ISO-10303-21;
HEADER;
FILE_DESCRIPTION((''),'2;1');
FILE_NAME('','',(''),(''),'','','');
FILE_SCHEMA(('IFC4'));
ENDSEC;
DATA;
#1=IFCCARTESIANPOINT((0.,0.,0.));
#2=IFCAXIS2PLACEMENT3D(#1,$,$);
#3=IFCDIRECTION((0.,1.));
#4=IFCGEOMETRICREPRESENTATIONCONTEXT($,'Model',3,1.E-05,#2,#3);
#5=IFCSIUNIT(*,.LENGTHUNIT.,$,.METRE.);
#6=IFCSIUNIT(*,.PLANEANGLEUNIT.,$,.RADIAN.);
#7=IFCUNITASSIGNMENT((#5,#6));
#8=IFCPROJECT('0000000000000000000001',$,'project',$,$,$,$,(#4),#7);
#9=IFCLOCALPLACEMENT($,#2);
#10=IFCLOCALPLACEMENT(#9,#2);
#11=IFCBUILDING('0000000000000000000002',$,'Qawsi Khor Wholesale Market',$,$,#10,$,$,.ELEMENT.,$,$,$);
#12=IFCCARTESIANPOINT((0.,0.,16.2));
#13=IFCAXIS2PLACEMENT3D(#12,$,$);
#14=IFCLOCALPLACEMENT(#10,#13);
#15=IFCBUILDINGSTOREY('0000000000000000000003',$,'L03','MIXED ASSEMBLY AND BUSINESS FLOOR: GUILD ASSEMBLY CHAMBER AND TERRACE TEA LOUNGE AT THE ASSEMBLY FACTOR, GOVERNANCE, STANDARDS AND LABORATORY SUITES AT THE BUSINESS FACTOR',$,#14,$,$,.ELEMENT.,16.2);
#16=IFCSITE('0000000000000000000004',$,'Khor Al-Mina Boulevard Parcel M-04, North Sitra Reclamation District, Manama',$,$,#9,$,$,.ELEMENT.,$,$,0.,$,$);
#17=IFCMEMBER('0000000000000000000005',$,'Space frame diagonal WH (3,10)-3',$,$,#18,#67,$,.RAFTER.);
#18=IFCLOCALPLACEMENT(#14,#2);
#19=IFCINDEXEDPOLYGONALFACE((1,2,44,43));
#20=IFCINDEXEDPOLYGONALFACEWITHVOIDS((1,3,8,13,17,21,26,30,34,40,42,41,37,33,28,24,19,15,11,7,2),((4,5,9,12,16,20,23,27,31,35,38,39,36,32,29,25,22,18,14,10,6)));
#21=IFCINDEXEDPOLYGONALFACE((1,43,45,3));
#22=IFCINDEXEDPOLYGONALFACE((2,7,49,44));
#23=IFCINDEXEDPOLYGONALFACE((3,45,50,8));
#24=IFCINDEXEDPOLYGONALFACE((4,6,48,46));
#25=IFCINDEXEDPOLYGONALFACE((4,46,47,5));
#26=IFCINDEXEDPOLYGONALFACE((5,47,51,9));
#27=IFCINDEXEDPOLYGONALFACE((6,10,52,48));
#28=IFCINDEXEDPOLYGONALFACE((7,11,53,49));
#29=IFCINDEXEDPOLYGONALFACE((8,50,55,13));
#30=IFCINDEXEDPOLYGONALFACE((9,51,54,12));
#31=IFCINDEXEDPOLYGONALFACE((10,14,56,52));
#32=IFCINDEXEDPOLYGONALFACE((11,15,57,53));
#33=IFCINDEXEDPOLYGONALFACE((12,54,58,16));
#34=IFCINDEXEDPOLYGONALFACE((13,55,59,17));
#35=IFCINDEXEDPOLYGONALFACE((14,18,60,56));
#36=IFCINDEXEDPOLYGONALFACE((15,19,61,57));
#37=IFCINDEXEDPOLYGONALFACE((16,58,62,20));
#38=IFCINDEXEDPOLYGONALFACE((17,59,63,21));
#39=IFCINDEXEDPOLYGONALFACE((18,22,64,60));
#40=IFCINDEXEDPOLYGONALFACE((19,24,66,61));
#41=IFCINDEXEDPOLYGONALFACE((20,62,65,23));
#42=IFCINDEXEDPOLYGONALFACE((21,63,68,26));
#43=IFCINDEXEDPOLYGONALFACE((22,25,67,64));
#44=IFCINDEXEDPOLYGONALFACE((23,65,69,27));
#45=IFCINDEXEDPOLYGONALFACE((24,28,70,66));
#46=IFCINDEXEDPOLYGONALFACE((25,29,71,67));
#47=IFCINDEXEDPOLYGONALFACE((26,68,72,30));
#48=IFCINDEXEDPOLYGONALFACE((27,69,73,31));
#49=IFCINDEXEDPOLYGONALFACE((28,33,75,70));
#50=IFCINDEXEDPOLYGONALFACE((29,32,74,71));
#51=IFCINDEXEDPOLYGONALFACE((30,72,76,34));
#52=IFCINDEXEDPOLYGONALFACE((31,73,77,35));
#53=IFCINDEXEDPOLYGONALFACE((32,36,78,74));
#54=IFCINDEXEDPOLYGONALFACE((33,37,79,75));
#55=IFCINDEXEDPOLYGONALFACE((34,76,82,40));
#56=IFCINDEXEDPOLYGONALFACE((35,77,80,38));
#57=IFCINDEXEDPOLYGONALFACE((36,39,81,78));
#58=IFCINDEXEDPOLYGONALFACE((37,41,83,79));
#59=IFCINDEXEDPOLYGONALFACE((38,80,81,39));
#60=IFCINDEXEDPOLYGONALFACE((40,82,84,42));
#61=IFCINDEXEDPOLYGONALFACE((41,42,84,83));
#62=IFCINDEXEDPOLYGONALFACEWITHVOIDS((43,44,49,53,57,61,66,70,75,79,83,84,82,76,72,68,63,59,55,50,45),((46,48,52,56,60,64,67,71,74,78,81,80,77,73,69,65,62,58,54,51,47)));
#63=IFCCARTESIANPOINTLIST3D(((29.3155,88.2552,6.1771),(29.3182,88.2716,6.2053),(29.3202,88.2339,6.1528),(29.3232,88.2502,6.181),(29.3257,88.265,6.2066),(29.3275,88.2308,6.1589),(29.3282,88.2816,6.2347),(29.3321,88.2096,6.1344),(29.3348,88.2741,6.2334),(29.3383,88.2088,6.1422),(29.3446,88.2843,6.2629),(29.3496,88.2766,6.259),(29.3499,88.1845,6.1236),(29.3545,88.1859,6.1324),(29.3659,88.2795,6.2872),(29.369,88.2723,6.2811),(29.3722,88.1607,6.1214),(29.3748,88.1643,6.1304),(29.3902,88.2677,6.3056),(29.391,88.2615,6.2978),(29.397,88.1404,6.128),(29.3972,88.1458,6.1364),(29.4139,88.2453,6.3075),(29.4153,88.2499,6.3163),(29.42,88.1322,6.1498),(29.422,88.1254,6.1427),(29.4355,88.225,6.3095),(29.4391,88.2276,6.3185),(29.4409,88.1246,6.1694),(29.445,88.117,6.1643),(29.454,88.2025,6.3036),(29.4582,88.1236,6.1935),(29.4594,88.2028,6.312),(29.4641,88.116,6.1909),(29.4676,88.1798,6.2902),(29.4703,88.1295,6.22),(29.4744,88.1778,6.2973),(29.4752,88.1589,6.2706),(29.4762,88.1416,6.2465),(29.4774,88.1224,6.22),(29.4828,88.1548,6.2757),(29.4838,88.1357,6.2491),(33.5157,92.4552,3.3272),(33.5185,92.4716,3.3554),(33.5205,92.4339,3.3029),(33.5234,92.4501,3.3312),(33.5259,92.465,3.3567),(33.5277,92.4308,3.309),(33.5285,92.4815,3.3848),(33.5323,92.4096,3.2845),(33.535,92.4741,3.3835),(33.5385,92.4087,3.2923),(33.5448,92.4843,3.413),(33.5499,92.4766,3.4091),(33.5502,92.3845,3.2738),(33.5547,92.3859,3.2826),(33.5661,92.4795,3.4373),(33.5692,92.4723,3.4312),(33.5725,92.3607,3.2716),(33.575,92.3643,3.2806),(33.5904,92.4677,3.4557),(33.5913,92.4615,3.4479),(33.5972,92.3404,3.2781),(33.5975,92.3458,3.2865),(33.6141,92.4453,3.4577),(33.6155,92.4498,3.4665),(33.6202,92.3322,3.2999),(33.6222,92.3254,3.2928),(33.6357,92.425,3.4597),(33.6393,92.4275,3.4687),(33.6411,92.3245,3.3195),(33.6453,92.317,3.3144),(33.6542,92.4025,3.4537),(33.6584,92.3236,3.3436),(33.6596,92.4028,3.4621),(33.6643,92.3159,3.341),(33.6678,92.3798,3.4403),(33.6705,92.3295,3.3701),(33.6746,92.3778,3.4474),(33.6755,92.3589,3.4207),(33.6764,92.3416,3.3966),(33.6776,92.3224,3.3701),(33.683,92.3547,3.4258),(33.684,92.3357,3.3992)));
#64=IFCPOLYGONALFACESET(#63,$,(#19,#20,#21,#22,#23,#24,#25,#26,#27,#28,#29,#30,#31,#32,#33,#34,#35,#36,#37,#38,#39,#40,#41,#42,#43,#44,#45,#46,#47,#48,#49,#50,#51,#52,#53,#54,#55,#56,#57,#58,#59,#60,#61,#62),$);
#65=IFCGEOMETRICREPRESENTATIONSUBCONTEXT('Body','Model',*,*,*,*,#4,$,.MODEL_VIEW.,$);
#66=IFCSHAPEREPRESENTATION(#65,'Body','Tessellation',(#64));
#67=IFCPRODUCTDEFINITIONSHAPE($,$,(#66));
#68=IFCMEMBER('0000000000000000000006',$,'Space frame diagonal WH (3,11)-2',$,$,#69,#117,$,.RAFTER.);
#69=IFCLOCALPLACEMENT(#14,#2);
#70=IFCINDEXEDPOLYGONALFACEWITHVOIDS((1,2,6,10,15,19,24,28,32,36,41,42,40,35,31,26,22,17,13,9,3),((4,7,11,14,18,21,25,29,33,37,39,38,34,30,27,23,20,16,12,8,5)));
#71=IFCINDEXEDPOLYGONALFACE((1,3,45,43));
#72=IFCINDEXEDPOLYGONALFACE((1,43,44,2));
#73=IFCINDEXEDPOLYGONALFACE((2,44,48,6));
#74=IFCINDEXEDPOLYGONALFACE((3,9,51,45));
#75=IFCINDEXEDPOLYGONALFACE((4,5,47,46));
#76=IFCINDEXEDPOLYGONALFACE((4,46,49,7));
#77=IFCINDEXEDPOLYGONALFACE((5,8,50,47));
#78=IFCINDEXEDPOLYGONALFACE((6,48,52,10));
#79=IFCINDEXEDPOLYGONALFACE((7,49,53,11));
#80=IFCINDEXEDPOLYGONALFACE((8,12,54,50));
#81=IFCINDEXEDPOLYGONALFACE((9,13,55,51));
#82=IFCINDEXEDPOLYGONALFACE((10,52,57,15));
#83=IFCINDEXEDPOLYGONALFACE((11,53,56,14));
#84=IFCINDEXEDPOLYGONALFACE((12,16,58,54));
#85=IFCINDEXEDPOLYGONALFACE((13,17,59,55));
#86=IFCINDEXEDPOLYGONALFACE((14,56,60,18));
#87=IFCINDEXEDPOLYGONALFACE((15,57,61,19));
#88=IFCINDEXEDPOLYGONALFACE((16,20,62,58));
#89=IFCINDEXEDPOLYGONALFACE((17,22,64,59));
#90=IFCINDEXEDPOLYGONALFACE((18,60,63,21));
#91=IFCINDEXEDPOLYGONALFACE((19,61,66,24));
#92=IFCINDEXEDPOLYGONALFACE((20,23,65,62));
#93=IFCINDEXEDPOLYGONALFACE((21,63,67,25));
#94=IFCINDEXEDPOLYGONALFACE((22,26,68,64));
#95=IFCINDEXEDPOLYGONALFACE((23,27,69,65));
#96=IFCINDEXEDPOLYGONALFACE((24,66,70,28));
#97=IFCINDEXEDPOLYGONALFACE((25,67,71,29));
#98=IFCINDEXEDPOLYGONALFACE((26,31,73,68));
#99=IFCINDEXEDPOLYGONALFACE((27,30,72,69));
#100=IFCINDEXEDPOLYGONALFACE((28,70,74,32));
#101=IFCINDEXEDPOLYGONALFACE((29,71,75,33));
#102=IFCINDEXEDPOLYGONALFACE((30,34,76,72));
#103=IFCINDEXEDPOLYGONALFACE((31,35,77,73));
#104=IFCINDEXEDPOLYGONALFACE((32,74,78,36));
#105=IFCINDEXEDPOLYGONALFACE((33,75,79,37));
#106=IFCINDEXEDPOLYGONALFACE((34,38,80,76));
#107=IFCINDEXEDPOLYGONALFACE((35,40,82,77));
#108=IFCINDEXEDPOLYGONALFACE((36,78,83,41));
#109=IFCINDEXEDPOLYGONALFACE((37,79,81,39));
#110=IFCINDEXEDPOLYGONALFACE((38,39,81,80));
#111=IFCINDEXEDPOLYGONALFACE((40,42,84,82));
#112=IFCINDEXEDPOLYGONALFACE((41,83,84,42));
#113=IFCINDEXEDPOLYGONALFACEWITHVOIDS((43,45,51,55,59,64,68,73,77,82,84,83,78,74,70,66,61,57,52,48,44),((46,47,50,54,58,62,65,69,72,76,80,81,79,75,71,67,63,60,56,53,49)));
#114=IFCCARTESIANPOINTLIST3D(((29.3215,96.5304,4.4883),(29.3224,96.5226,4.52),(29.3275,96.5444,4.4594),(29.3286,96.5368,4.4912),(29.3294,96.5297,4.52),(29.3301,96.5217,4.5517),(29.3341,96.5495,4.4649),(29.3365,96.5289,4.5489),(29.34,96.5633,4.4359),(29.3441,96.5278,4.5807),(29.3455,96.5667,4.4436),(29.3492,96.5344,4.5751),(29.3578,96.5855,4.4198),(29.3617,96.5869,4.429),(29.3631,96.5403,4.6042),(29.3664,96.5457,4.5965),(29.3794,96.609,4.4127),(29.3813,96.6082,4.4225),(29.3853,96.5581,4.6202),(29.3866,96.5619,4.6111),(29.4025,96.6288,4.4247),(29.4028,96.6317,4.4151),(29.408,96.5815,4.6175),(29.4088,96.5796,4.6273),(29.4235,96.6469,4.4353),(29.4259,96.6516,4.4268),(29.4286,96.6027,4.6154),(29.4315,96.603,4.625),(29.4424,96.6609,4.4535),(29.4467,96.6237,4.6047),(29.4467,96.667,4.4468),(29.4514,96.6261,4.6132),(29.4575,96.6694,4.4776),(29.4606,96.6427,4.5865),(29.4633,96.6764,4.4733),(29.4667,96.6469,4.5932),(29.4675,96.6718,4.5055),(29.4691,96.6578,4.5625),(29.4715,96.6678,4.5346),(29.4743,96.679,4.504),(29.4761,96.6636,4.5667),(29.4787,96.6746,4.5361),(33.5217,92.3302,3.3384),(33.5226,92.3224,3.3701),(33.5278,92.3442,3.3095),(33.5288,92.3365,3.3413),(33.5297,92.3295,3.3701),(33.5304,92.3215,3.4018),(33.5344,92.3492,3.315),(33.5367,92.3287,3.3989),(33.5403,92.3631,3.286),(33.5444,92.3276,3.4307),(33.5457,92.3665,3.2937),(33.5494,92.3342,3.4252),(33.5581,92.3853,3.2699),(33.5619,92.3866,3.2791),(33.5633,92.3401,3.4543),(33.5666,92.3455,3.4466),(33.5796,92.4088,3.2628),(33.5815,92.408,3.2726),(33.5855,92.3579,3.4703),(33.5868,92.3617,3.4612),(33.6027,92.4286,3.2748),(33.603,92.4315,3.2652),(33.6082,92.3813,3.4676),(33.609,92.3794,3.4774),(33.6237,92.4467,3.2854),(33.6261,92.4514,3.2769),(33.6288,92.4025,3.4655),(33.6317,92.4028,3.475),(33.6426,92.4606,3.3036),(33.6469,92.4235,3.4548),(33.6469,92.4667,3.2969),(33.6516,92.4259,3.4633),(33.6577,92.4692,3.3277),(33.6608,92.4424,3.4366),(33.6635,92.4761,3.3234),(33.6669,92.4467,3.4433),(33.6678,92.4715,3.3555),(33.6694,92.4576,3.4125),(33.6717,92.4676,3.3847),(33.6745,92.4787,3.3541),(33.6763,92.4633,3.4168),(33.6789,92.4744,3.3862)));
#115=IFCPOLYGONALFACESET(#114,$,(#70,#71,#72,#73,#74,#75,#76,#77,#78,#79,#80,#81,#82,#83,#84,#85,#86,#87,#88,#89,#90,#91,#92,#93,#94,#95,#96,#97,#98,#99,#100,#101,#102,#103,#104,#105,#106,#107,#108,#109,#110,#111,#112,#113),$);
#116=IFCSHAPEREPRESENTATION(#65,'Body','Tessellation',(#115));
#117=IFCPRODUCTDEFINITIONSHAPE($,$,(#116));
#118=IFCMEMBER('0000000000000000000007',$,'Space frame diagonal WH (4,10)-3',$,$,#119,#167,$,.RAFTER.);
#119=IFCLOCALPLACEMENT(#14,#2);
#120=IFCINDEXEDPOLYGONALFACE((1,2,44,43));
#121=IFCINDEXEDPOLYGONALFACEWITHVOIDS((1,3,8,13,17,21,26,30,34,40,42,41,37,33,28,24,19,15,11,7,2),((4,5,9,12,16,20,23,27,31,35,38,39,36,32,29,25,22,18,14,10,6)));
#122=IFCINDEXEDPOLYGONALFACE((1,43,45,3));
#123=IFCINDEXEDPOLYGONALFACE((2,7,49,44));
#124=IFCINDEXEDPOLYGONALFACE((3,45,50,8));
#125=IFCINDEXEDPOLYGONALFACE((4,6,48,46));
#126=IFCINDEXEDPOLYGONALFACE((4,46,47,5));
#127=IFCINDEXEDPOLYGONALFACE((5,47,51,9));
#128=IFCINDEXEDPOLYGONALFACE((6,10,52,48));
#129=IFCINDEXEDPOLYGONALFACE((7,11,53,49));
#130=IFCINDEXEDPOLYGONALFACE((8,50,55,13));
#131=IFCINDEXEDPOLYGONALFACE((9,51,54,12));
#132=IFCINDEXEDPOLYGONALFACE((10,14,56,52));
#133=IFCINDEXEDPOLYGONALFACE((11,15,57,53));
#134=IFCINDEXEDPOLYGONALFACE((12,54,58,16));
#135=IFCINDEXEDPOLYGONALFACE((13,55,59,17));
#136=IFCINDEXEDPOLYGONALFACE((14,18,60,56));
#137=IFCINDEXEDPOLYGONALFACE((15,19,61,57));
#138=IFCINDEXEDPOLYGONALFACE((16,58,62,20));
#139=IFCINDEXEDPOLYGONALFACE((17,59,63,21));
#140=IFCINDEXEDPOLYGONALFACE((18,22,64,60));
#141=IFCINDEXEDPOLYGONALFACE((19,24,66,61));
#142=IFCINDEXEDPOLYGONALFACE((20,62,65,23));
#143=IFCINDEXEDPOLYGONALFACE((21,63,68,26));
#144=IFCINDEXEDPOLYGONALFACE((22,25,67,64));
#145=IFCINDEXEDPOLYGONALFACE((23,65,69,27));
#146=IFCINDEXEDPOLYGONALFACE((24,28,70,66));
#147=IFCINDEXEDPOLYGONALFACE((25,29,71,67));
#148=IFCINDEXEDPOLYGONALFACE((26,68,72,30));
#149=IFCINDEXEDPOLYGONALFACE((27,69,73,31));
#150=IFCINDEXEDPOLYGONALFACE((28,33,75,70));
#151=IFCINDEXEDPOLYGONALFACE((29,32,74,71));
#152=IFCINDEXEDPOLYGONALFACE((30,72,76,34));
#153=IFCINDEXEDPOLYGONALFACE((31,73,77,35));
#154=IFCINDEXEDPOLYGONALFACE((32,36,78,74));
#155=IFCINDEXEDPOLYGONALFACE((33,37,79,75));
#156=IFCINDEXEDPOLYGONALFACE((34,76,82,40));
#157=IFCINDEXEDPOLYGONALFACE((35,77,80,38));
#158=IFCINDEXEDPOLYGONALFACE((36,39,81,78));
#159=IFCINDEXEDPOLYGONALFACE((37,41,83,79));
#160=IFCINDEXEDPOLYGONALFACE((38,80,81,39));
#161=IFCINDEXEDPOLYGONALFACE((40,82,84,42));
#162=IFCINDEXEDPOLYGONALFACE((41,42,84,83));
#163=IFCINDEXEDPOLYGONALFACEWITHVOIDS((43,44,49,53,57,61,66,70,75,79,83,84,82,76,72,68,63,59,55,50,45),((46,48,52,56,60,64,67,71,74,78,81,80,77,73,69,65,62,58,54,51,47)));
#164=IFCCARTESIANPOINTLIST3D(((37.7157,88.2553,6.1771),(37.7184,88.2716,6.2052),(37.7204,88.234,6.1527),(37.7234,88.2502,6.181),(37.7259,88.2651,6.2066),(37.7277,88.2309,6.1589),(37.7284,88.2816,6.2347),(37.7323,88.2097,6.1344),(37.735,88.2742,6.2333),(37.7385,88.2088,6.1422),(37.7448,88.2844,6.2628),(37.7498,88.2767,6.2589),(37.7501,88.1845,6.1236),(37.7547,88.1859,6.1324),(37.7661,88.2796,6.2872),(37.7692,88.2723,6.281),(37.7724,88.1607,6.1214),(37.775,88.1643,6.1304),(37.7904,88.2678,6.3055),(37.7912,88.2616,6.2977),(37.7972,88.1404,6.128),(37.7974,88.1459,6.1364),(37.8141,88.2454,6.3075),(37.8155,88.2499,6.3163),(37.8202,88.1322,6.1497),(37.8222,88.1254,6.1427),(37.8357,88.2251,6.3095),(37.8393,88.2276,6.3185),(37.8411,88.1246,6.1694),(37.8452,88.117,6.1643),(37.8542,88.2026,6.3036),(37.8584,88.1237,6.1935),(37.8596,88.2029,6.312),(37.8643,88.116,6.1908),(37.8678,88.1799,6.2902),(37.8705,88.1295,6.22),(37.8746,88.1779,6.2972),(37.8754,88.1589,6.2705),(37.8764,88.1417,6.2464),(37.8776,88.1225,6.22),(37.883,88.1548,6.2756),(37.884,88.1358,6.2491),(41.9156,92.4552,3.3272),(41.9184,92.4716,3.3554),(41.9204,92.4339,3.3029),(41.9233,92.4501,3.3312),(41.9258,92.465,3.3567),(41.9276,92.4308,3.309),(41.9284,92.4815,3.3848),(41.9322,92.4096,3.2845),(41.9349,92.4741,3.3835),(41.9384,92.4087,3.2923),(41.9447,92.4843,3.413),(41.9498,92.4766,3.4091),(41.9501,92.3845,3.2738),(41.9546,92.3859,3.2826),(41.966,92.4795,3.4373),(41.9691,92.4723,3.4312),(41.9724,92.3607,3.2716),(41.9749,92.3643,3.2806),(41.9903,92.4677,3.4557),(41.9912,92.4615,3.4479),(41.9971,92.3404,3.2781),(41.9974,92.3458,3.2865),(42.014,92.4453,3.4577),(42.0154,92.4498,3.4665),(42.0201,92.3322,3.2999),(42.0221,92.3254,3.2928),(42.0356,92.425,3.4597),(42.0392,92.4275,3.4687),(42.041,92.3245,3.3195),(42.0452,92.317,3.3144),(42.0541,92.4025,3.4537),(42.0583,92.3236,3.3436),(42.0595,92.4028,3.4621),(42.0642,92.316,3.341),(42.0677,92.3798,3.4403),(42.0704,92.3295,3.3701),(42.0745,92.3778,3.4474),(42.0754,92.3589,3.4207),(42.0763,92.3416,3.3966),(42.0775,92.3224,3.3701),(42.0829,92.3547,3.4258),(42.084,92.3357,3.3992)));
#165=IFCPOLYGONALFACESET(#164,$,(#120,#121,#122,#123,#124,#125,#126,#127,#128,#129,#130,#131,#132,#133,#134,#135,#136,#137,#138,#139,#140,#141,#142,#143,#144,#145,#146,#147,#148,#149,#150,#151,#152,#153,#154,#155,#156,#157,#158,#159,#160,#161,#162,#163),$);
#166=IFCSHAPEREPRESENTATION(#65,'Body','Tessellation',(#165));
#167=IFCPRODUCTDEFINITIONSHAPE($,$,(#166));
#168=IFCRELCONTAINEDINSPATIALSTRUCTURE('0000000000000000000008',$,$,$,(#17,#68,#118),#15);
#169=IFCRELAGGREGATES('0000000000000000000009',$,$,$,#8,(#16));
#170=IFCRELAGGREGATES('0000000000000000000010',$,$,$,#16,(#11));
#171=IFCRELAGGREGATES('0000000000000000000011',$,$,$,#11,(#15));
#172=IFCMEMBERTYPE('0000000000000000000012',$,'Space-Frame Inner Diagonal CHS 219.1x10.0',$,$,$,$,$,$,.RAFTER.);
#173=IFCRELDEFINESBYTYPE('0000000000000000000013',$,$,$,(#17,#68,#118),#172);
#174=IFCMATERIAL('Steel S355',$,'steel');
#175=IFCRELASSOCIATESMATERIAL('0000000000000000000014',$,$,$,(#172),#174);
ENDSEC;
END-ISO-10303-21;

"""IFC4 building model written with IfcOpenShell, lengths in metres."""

from ifc_helpers import new_model, si_unit, direction, frame, origin, origin_2d, place, context, subcontext, project, spatial, hollow_circle, extrude, material, material_profile, profile_set, type_object, element, save


model = new_model("IFC4")

# Units and contexts
model_context = context("Model", 3, precision=1e-05, world=origin(), true_north=direction((0.0, 1.0)))
body_context = subcontext(model_context, "Body", "Model", "MODEL_VIEW")
ifc_project = project(units=[si_unit("LENGTHUNIT", "METRE"), si_unit("PLANEANGLEUNIT", "RADIAN")], contexts=[model_context])

# Site, building, storey
site_placement = place(None, origin())
site = spatial("IfcSite", under=ifc_project, at=site_placement, Name="Khor Al-Mina Boulevard Parcel M-04, North Sitra Reclamation District, Manama", CompositionType="ELEMENT", RefElevation=0.0)
building_placement = place(site_placement, origin())
building = spatial("IfcBuilding", under=site, at=building_placement, Name="Qawsi Khor Wholesale Market", CompositionType="ELEMENT")
storey_placement = place(building_placement, frame((0.0, 0.0, 16.2)))
storey = spatial("IfcBuildingStorey", under=building, at=storey_placement, Name="L03", Description="MIXED ASSEMBLY AND BUSINESS FLOOR: GUILD ASSEMBLY CHAMBER AND TERRACE TEA LOUNGE AT THE ASSEMBLY FACTOR, GOVERNANCE, STANDARDS AND LABORATORY SUITES AT THE BUSINESS FACTOR", CompositionType="ELEMENT", Elevation=16.2)

# Members
ifc_material_1 = material(Name="Steel S355", Category="steel")
ifc_material_profile_1 = material_profile(ifc_material_1, hollow_circle(Radius=0.1096, WallThickness=0.01, at=origin_2d()), Name="CHS 219.1x10.0")
ifc_profile_set_1 = profile_set([ifc_material_profile_1], Name="Steel S355")
member_type_1 = type_object("IfcMemberType", Name="Space-Frame Inner Diagonal CHS 219.1x10.0", PredefinedType="RAFTER", material=ifc_profile_set_1)
member_1_placement = place(storey_placement, frame((33.6001, 92.3999, 3.3701), z_axis=(-0.637544, -0.637507, 0.432577), x_axis=(0.707086, -0.707127, 0.0)))
element("IfcMember", 1, at=member_1_placement, inside=storey, type_object=member_type_1, Name="Space frame diagonal WH (3,10)-3", PredefinedType="RAFTER", context=body_context, shape_type="SweptSolid", body=[
    extrude(hollow_circle(Radius=0.1096, WallThickness=0.01, at=origin_2d()), origin(), (0.0, 0.0, 1.0), 6.5881),
])
member_2_placement = place(storey_placement, frame((33.6001, 92.3999, 3.3701), z_axis=(-0.694218, 0.694218, 0.190059), x_axis=(-0.707107, -0.707107, 0.0)))
element("IfcMember", 2, at=member_2_placement, inside=storey, type_object=member_type_1, Name="Space frame diagonal WH (3,11)-2", PredefinedType="RAFTER", context=body_context, shape_type="SweptSolid", body=[
    extrude(hollow_circle(Radius=0.1096, WallThickness=0.01, at=origin_2d()), origin(), (0.0, 0.0, 1.0), 6.0503),
])
for number, where, z_axis, x_axis, name in (
    (3, (42.0, 92.3999, 3.3701), (-0.637522, -0.637522, 0.432587), (0.707107, -0.707107, 0.0), "Space frame diagonal WH (4,10)-3"),
):
    element("IfcMember", number, at=place(storey_placement, frame(where, z_axis=z_axis, x_axis=x_axis)), inside=storey, type_object=member_type_1, Name=name, PredefinedType="RAFTER", context=body_context, shape_type="SweptSolid", body=[
        extrude(hollow_circle(Radius=0.1096, WallThickness=0.01, at=origin_2d()), origin(), (0.0, 0.0, 1.0), 6.5879),
    ])

save(model, "model.ifc")
